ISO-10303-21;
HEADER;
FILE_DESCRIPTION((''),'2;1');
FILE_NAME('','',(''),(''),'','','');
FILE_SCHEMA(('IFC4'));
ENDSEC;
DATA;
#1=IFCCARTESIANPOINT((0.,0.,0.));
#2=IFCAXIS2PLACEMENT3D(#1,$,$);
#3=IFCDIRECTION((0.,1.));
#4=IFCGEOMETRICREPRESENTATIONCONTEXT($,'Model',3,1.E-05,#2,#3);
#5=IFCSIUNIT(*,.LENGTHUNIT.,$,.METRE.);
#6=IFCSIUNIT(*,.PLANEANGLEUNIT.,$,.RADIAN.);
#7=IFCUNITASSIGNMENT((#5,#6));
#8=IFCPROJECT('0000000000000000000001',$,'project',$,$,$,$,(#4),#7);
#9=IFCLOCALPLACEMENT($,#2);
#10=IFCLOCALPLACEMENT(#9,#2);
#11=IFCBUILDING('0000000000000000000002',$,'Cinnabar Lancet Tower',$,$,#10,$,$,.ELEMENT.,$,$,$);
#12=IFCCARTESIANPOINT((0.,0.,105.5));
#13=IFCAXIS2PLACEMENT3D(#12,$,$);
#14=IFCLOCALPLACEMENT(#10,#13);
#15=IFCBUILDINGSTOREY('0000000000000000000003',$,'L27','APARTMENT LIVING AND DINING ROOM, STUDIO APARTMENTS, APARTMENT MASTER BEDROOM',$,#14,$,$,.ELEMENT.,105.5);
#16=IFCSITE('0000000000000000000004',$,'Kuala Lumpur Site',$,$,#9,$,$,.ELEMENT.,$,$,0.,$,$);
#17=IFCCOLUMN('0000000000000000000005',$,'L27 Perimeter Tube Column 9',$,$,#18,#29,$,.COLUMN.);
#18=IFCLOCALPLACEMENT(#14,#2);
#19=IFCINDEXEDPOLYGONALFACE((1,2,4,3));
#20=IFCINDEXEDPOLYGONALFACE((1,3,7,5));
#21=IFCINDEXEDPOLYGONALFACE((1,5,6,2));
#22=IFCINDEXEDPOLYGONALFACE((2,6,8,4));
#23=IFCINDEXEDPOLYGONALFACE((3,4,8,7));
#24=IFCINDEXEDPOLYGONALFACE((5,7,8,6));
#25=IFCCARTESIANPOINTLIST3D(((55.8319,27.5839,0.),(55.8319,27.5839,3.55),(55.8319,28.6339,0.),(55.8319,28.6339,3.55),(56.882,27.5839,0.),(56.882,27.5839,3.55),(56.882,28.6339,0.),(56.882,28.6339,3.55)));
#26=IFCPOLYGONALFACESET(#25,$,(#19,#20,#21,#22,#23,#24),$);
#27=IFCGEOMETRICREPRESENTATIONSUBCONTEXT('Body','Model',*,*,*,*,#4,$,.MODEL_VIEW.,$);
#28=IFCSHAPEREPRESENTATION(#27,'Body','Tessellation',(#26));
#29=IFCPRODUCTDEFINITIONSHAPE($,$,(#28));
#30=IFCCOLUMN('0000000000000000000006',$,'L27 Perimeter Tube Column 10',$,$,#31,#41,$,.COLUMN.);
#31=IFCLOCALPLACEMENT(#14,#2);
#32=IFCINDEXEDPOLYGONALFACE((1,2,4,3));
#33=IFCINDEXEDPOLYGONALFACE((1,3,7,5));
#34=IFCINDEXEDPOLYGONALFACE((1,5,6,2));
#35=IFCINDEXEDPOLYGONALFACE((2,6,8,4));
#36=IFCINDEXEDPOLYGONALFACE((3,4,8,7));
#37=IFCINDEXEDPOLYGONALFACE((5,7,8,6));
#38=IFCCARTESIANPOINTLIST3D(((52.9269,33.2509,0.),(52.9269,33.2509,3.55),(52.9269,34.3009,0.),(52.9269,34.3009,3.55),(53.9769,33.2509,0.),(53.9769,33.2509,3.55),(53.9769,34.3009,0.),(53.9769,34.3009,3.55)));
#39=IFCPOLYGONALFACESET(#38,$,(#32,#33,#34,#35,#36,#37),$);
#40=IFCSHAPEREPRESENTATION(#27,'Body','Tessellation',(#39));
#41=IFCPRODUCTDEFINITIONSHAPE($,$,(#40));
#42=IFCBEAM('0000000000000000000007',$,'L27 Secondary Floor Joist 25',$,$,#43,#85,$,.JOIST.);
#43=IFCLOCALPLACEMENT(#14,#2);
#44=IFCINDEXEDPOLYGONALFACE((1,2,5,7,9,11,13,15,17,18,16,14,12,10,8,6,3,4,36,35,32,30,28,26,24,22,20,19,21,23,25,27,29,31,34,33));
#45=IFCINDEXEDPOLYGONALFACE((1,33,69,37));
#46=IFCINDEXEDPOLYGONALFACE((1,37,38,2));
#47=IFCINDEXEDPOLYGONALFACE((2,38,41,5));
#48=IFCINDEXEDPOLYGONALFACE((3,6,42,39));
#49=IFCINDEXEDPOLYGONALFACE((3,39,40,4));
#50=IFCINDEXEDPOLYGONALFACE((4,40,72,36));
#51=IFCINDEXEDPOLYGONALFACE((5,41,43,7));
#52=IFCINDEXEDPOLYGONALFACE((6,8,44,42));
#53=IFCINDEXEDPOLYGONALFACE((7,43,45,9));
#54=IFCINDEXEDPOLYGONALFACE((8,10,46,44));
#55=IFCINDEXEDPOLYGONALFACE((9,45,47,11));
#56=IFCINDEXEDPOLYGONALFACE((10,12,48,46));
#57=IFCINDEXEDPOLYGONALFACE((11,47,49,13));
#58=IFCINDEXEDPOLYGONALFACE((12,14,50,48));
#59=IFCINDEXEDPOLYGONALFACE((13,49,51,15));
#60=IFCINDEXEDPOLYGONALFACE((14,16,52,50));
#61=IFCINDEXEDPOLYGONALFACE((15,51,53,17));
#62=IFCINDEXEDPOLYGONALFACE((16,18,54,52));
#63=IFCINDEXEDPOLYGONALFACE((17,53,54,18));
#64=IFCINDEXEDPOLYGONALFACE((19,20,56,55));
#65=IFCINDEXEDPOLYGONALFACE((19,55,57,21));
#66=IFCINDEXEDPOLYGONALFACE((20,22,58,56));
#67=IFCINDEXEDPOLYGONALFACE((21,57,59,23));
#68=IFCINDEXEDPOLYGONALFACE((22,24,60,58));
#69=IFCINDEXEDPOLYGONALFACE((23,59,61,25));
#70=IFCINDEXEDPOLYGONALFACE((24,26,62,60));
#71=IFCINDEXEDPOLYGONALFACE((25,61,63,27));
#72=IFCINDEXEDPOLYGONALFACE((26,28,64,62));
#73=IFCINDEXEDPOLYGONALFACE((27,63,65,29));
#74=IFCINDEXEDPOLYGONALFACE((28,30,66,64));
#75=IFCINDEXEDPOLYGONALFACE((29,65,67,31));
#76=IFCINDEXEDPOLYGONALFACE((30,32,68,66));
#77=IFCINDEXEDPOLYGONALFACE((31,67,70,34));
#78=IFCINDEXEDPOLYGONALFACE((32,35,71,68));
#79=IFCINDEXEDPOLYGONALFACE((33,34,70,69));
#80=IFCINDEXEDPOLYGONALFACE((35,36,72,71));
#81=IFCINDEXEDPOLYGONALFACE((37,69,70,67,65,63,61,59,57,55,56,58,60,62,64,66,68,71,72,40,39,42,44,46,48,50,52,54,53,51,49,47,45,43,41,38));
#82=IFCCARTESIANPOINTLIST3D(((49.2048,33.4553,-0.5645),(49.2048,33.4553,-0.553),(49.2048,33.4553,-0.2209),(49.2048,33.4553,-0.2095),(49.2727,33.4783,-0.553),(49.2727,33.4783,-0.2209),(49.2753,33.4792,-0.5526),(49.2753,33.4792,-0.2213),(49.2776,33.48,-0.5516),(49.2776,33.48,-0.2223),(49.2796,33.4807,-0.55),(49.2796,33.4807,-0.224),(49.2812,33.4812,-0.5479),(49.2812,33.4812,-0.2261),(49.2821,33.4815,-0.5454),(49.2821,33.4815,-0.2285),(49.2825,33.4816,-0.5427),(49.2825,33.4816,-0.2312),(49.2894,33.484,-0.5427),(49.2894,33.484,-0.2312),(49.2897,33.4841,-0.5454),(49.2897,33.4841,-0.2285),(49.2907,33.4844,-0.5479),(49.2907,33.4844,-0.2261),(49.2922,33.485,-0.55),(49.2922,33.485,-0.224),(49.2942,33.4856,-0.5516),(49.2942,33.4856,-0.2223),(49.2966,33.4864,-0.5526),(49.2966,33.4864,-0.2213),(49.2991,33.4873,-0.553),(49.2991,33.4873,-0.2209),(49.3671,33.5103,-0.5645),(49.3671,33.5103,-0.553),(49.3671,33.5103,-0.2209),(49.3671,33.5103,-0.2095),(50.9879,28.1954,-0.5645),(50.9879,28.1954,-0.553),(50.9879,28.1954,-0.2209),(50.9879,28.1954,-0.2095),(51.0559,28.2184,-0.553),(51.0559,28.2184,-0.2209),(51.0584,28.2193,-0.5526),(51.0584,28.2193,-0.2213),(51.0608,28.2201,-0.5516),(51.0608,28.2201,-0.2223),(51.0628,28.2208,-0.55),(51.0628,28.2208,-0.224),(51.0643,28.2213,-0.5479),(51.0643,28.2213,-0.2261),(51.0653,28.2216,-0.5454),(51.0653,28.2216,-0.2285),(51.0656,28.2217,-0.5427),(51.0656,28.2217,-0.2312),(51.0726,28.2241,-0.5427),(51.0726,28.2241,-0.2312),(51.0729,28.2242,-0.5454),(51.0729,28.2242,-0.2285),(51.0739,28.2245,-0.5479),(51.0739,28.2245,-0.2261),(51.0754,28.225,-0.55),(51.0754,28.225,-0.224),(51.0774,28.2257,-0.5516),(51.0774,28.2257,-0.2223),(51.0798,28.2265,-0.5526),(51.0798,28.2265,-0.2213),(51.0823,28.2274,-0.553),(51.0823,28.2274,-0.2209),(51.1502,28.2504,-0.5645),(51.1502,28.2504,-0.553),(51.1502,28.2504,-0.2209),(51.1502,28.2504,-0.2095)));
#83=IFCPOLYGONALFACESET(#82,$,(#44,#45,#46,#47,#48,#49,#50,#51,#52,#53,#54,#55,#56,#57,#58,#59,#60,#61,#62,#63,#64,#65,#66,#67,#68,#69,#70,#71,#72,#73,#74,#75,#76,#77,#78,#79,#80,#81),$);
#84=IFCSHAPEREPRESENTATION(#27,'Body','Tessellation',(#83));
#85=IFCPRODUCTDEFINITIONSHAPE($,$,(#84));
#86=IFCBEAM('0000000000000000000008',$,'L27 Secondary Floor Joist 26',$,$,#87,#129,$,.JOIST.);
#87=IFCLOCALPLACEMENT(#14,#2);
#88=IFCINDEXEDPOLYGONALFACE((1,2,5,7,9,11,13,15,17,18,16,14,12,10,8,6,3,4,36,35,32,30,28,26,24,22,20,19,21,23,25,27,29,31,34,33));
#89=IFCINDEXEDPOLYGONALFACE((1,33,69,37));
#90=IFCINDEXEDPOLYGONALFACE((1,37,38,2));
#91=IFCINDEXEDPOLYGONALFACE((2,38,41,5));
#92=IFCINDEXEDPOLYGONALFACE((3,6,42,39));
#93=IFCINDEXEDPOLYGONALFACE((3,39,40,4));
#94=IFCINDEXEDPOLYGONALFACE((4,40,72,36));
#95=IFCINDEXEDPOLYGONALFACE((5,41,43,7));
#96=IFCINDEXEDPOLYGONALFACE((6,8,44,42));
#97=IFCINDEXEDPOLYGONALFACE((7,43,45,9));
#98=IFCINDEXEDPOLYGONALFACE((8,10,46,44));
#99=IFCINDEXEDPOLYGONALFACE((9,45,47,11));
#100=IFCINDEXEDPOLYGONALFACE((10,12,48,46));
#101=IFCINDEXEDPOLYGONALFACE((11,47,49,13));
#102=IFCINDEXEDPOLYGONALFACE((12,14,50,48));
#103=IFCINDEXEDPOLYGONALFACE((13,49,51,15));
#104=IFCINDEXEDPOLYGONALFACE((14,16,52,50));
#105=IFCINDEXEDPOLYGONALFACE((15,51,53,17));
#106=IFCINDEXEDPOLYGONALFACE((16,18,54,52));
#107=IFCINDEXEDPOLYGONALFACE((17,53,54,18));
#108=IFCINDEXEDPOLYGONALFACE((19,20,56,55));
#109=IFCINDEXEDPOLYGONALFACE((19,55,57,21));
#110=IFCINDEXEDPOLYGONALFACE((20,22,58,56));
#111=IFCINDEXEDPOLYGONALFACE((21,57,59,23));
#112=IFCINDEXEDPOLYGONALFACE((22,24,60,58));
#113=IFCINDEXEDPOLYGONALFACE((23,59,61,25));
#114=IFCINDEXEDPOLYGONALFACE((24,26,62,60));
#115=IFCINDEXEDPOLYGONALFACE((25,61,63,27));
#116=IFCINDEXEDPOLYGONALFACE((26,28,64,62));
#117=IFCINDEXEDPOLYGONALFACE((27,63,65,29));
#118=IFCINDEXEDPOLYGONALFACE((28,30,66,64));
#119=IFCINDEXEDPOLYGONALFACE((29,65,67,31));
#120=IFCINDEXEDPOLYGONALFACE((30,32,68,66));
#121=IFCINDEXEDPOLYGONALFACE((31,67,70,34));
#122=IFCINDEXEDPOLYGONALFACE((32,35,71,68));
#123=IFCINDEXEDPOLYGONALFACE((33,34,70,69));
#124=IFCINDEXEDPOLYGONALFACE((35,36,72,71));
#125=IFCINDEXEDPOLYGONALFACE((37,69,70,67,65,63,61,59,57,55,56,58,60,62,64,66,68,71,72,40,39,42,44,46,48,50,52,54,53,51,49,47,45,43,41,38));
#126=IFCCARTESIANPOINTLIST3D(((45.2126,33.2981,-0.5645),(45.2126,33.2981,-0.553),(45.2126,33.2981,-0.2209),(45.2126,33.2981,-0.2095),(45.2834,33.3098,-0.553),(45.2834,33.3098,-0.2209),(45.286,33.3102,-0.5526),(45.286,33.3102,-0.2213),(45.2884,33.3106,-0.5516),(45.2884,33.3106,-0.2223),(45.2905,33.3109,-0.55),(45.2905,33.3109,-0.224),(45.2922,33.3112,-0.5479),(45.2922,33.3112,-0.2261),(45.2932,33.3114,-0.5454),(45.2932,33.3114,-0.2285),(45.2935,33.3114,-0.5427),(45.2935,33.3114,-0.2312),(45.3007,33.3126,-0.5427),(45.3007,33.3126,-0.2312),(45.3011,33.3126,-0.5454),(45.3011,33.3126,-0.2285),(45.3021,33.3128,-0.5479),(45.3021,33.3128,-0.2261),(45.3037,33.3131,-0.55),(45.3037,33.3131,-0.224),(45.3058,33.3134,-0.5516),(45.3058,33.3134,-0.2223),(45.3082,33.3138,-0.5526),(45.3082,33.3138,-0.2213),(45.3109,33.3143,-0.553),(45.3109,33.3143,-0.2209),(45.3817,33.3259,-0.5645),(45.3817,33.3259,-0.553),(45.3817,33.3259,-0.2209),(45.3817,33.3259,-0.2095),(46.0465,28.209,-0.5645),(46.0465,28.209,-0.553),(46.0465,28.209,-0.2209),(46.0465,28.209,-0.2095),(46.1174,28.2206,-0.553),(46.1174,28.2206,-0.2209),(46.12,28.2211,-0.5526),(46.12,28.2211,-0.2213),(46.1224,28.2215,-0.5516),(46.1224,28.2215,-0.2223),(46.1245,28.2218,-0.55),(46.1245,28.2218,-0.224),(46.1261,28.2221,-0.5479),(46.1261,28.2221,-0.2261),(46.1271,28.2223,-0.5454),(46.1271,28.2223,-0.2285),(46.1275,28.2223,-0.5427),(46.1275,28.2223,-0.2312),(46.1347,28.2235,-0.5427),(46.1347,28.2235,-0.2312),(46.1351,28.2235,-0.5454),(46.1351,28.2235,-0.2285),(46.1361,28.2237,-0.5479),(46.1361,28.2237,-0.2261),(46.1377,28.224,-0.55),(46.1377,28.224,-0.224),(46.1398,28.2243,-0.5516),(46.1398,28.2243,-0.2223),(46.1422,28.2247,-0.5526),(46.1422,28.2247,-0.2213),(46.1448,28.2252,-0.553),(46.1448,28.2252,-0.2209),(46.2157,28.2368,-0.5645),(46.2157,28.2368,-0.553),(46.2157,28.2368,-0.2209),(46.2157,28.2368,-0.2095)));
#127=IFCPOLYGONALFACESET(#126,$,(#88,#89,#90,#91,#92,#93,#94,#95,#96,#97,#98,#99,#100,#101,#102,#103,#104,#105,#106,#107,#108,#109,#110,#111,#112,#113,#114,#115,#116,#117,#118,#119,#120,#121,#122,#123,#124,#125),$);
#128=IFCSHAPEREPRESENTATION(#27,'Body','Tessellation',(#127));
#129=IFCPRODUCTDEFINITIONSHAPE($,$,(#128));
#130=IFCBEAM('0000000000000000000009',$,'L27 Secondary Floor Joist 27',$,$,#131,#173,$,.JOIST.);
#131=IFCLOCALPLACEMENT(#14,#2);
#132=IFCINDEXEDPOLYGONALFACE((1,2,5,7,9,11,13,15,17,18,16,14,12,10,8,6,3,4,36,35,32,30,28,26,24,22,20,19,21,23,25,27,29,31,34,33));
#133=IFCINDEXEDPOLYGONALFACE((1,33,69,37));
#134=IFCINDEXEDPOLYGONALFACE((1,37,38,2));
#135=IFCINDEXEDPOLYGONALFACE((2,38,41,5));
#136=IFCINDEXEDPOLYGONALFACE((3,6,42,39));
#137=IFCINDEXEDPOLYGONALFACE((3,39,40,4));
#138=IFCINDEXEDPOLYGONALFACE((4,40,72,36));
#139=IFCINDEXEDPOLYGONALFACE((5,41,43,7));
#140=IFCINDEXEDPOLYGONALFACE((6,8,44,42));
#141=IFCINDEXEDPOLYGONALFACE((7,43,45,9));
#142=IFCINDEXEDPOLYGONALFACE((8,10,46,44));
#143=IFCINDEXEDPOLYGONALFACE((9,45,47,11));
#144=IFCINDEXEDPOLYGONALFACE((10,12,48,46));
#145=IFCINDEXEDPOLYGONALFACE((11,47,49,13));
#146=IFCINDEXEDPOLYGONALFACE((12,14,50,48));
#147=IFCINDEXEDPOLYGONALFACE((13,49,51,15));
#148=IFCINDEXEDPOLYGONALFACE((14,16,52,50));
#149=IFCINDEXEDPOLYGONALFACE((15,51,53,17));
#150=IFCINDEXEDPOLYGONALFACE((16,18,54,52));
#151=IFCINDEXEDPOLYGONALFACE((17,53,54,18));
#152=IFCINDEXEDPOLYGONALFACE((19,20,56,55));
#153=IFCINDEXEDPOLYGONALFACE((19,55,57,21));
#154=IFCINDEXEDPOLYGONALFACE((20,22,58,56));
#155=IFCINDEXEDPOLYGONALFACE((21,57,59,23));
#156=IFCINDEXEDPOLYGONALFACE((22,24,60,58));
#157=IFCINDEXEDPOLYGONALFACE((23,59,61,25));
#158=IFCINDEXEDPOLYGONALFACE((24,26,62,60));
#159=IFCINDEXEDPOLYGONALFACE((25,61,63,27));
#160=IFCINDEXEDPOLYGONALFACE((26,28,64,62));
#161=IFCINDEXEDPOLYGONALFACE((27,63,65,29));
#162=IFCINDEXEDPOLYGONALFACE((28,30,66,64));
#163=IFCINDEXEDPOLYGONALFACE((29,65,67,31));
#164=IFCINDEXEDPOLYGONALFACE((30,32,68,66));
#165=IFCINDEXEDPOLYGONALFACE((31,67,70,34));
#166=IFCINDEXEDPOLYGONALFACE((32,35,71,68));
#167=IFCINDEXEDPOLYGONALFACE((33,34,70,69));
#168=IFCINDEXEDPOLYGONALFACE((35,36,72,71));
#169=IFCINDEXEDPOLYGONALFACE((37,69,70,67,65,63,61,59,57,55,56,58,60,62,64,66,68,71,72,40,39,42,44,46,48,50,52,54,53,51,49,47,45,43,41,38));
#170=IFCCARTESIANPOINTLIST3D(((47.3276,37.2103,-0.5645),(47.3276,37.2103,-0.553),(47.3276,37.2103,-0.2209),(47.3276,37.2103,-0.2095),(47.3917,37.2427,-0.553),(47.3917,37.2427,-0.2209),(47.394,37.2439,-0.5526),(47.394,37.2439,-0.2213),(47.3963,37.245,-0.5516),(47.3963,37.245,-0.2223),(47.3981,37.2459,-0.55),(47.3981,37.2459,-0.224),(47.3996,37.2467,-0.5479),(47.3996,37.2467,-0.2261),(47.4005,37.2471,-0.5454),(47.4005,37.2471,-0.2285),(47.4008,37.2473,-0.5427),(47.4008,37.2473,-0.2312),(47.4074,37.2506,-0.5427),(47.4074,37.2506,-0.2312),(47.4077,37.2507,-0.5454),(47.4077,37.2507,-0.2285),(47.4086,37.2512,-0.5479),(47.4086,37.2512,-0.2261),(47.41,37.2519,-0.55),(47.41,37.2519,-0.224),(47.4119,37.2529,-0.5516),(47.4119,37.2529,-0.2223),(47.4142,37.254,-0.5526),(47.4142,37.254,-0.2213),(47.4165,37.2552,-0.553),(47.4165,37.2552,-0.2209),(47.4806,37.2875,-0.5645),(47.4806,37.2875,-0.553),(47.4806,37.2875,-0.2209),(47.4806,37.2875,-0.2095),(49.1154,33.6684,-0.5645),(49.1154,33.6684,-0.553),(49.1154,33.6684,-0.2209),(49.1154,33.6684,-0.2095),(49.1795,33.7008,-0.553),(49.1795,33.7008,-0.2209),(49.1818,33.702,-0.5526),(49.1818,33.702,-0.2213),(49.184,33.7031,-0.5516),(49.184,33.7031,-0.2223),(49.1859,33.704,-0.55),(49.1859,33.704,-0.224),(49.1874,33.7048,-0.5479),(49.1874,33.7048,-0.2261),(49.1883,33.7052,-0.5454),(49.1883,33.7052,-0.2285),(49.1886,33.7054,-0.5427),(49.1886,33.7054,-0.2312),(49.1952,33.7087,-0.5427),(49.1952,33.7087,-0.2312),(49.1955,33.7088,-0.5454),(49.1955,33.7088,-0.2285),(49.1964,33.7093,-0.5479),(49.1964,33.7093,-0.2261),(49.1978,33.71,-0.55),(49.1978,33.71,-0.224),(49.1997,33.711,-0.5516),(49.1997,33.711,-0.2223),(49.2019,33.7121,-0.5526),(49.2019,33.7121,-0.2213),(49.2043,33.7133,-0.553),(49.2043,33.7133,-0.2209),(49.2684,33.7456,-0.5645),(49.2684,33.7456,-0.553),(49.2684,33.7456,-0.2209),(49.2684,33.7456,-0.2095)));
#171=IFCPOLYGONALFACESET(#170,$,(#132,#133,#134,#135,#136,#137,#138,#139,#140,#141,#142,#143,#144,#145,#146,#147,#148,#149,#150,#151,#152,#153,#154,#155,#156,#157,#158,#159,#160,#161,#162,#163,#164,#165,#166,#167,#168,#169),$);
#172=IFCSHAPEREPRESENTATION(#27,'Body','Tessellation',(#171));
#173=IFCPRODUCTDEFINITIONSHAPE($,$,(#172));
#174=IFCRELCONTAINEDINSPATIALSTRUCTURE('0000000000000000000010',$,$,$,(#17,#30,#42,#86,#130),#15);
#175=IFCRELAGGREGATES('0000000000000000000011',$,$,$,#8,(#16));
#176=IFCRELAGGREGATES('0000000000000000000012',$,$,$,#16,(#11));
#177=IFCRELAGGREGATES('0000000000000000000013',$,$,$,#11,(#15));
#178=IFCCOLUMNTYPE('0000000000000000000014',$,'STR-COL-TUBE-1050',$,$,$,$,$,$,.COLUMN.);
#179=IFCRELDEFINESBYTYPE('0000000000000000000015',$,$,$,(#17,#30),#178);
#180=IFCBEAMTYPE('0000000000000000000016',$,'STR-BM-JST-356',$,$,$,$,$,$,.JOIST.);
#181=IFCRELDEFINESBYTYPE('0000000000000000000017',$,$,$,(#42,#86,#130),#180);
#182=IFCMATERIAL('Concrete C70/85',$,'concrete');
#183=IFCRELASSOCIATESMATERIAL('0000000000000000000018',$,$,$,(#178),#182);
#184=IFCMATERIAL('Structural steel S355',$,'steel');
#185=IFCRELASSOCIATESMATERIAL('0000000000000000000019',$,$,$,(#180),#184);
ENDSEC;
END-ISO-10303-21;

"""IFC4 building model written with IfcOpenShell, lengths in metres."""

from ifc_helpers import new_model, si_unit, direction, frame, origin, origin_2d, place, context, subcontext, project, spatial, rectangle, i_section, extrude, material, material_profile, profile_set, type_object, element, save


model = new_model("IFC4")

# Units and contexts
model_context = context("Model", 3, precision=1e-05, world=origin(), true_north=direction((0.0, 1.0)))
body_context = subcontext(model_context, "Body", "Model", "MODEL_VIEW")
ifc_project = project(units=[si_unit("LENGTHUNIT", "METRE"), si_unit("PLANEANGLEUNIT", "RADIAN")], contexts=[model_context])

# Site, building, storey
site_placement = place(None, origin())
site = spatial("IfcSite", under=ifc_project, at=site_placement, Name="Kuala Lumpur Site", CompositionType="ELEMENT", RefElevation=0.0)
building_placement = place(site_placement, origin())
building = spatial("IfcBuilding", under=site, at=building_placement, Name="Cinnabar Lancet Tower", CompositionType="ELEMENT")
storey_placement = place(building_placement, frame((0.0, 0.0, 105.5)))
storey = spatial("IfcBuildingStorey", under=building, at=storey_placement, Name="L27", Description="APARTMENT LIVING AND DINING ROOM, STUDIO APARTMENTS, APARTMENT MASTER BEDROOM", CompositionType="ELEMENT", Elevation=105.5)

# Columns
ifc_material_1 = material(Name="Concrete C70/85", Category="concrete")
ifc_material_profile_1 = material_profile(ifc_material_1, rectangle(XDim=1.05, YDim=1.05, at=origin_2d()), Name="RC-COL 1050x1050")
ifc_profile_set_1 = profile_set([ifc_material_profile_1], Name="Concrete C70/85")
column_type = type_object("IfcColumnType", Name="STR-COL-TUBE-1050", PredefinedType="COLUMN", material=ifc_profile_set_1)
for number, where, z_axis, x_axis, name in (
    (1, (56.3569, 28.1089, 0.0), (0.0, 0.0, 1.0), (1.0, 0.0, 0.0), "L27 Perimeter Tube Column 9"),
    (2, (53.4519, 33.7759, 0.0), (0.0, 0.0, 1.0), (1.0, 0.0, 0.0), "L27 Perimeter Tube Column 10"),
):
    element("IfcColumn", number, at=place(storey_placement, frame(where, z_axis=z_axis, x_axis=x_axis)), inside=storey, type_object=column_type, Name=name, PredefinedType="COLUMN", context=body_context, shape_type="SweptSolid", body=[
        extrude(rectangle(XDim=1.05, YDim=1.05, at=origin_2d()), origin(), (0.0, 0.0, 1.0), 3.55),
    ])

# Beams
ifc_material_2 = material(Name="Structural steel S355", Category="steel")
ifc_material_profile_2 = material_profile(ifc_material_2, i_section(OverallWidth=0.1714, OverallDepth=0.355, WebThickness=0.0073, FlangeThickness=0.0115, FilletRadius=0.0103, at=origin_2d()), Name="UKB 356x171x51")
ifc_profile_set_2 = profile_set([ifc_material_profile_2], Name="Structural steel S355")
beam_type_1 = type_object("IfcBeamType", Name="STR-BM-JST-356", PredefinedType="JOIST", material=ifc_profile_set_2)
beam_1_placement = place(storey_placement, frame((51.0691, 28.2229, -0.387), z_axis=(-0.321063, 0.947058, 0.0), x_axis=(-0.947058, -0.321063, 0.0)))
element("IfcBeam", 3, at=beam_1_placement, inside=storey, type_object=beam_type_1, Name="L27 Secondary Floor Joist 25", PredefinedType="JOIST", context=body_context, shape_type="SweptSolid", body=[
    extrude(i_section(OverallWidth=0.1714, OverallDepth=0.355, WebThickness=0.0073, FlangeThickness=0.0115, FilletRadius=0.0103, at=origin_2d()), origin(), (0.0, 0.0, 1.0), 5.554),
])
beam_2_placement = place(storey_placement, frame((46.1311, 28.2229, -0.387), z_axis=(-0.161719, 0.986837, 0.0), x_axis=(-0.986837, -0.161719, 0.0)))
element("IfcBeam", 4, at=beam_2_placement, inside=storey, type_object=beam_type_1, Name="L27 Secondary Floor Joist 26", PredefinedType="JOIST", context=body_context, shape_type="SweptSolid", body=[
    extrude(i_section(OverallWidth=0.1714, OverallDepth=0.355, WebThickness=0.0073, FlangeThickness=0.0115, FilletRadius=0.0103, at=origin_2d()), origin(), (0.0, 0.0, 1.0), 5.157),
])
beam_3_placement = place(storey_placement, frame((49.1919, 33.707, -0.387), z_axis=(-0.450607, 0.892722, 0.0), x_axis=(-0.892722, -0.450607, 0.0)))
element("IfcBeam", 5, at=beam_3_placement, inside=storey, type_object=beam_type_1, Name="L27 Secondary Floor Joist 27", PredefinedType="JOIST", context=body_context, shape_type="SweptSolid", body=[
    extrude(i_section(OverallWidth=0.1714, OverallDepth=0.355, WebThickness=0.0073, FlangeThickness=0.0115, FilletRadius=0.0103, at=origin_2d()), origin(), (0.0, 0.0, 1.0), 3.9675),
])

save(model, "model.ifc")
